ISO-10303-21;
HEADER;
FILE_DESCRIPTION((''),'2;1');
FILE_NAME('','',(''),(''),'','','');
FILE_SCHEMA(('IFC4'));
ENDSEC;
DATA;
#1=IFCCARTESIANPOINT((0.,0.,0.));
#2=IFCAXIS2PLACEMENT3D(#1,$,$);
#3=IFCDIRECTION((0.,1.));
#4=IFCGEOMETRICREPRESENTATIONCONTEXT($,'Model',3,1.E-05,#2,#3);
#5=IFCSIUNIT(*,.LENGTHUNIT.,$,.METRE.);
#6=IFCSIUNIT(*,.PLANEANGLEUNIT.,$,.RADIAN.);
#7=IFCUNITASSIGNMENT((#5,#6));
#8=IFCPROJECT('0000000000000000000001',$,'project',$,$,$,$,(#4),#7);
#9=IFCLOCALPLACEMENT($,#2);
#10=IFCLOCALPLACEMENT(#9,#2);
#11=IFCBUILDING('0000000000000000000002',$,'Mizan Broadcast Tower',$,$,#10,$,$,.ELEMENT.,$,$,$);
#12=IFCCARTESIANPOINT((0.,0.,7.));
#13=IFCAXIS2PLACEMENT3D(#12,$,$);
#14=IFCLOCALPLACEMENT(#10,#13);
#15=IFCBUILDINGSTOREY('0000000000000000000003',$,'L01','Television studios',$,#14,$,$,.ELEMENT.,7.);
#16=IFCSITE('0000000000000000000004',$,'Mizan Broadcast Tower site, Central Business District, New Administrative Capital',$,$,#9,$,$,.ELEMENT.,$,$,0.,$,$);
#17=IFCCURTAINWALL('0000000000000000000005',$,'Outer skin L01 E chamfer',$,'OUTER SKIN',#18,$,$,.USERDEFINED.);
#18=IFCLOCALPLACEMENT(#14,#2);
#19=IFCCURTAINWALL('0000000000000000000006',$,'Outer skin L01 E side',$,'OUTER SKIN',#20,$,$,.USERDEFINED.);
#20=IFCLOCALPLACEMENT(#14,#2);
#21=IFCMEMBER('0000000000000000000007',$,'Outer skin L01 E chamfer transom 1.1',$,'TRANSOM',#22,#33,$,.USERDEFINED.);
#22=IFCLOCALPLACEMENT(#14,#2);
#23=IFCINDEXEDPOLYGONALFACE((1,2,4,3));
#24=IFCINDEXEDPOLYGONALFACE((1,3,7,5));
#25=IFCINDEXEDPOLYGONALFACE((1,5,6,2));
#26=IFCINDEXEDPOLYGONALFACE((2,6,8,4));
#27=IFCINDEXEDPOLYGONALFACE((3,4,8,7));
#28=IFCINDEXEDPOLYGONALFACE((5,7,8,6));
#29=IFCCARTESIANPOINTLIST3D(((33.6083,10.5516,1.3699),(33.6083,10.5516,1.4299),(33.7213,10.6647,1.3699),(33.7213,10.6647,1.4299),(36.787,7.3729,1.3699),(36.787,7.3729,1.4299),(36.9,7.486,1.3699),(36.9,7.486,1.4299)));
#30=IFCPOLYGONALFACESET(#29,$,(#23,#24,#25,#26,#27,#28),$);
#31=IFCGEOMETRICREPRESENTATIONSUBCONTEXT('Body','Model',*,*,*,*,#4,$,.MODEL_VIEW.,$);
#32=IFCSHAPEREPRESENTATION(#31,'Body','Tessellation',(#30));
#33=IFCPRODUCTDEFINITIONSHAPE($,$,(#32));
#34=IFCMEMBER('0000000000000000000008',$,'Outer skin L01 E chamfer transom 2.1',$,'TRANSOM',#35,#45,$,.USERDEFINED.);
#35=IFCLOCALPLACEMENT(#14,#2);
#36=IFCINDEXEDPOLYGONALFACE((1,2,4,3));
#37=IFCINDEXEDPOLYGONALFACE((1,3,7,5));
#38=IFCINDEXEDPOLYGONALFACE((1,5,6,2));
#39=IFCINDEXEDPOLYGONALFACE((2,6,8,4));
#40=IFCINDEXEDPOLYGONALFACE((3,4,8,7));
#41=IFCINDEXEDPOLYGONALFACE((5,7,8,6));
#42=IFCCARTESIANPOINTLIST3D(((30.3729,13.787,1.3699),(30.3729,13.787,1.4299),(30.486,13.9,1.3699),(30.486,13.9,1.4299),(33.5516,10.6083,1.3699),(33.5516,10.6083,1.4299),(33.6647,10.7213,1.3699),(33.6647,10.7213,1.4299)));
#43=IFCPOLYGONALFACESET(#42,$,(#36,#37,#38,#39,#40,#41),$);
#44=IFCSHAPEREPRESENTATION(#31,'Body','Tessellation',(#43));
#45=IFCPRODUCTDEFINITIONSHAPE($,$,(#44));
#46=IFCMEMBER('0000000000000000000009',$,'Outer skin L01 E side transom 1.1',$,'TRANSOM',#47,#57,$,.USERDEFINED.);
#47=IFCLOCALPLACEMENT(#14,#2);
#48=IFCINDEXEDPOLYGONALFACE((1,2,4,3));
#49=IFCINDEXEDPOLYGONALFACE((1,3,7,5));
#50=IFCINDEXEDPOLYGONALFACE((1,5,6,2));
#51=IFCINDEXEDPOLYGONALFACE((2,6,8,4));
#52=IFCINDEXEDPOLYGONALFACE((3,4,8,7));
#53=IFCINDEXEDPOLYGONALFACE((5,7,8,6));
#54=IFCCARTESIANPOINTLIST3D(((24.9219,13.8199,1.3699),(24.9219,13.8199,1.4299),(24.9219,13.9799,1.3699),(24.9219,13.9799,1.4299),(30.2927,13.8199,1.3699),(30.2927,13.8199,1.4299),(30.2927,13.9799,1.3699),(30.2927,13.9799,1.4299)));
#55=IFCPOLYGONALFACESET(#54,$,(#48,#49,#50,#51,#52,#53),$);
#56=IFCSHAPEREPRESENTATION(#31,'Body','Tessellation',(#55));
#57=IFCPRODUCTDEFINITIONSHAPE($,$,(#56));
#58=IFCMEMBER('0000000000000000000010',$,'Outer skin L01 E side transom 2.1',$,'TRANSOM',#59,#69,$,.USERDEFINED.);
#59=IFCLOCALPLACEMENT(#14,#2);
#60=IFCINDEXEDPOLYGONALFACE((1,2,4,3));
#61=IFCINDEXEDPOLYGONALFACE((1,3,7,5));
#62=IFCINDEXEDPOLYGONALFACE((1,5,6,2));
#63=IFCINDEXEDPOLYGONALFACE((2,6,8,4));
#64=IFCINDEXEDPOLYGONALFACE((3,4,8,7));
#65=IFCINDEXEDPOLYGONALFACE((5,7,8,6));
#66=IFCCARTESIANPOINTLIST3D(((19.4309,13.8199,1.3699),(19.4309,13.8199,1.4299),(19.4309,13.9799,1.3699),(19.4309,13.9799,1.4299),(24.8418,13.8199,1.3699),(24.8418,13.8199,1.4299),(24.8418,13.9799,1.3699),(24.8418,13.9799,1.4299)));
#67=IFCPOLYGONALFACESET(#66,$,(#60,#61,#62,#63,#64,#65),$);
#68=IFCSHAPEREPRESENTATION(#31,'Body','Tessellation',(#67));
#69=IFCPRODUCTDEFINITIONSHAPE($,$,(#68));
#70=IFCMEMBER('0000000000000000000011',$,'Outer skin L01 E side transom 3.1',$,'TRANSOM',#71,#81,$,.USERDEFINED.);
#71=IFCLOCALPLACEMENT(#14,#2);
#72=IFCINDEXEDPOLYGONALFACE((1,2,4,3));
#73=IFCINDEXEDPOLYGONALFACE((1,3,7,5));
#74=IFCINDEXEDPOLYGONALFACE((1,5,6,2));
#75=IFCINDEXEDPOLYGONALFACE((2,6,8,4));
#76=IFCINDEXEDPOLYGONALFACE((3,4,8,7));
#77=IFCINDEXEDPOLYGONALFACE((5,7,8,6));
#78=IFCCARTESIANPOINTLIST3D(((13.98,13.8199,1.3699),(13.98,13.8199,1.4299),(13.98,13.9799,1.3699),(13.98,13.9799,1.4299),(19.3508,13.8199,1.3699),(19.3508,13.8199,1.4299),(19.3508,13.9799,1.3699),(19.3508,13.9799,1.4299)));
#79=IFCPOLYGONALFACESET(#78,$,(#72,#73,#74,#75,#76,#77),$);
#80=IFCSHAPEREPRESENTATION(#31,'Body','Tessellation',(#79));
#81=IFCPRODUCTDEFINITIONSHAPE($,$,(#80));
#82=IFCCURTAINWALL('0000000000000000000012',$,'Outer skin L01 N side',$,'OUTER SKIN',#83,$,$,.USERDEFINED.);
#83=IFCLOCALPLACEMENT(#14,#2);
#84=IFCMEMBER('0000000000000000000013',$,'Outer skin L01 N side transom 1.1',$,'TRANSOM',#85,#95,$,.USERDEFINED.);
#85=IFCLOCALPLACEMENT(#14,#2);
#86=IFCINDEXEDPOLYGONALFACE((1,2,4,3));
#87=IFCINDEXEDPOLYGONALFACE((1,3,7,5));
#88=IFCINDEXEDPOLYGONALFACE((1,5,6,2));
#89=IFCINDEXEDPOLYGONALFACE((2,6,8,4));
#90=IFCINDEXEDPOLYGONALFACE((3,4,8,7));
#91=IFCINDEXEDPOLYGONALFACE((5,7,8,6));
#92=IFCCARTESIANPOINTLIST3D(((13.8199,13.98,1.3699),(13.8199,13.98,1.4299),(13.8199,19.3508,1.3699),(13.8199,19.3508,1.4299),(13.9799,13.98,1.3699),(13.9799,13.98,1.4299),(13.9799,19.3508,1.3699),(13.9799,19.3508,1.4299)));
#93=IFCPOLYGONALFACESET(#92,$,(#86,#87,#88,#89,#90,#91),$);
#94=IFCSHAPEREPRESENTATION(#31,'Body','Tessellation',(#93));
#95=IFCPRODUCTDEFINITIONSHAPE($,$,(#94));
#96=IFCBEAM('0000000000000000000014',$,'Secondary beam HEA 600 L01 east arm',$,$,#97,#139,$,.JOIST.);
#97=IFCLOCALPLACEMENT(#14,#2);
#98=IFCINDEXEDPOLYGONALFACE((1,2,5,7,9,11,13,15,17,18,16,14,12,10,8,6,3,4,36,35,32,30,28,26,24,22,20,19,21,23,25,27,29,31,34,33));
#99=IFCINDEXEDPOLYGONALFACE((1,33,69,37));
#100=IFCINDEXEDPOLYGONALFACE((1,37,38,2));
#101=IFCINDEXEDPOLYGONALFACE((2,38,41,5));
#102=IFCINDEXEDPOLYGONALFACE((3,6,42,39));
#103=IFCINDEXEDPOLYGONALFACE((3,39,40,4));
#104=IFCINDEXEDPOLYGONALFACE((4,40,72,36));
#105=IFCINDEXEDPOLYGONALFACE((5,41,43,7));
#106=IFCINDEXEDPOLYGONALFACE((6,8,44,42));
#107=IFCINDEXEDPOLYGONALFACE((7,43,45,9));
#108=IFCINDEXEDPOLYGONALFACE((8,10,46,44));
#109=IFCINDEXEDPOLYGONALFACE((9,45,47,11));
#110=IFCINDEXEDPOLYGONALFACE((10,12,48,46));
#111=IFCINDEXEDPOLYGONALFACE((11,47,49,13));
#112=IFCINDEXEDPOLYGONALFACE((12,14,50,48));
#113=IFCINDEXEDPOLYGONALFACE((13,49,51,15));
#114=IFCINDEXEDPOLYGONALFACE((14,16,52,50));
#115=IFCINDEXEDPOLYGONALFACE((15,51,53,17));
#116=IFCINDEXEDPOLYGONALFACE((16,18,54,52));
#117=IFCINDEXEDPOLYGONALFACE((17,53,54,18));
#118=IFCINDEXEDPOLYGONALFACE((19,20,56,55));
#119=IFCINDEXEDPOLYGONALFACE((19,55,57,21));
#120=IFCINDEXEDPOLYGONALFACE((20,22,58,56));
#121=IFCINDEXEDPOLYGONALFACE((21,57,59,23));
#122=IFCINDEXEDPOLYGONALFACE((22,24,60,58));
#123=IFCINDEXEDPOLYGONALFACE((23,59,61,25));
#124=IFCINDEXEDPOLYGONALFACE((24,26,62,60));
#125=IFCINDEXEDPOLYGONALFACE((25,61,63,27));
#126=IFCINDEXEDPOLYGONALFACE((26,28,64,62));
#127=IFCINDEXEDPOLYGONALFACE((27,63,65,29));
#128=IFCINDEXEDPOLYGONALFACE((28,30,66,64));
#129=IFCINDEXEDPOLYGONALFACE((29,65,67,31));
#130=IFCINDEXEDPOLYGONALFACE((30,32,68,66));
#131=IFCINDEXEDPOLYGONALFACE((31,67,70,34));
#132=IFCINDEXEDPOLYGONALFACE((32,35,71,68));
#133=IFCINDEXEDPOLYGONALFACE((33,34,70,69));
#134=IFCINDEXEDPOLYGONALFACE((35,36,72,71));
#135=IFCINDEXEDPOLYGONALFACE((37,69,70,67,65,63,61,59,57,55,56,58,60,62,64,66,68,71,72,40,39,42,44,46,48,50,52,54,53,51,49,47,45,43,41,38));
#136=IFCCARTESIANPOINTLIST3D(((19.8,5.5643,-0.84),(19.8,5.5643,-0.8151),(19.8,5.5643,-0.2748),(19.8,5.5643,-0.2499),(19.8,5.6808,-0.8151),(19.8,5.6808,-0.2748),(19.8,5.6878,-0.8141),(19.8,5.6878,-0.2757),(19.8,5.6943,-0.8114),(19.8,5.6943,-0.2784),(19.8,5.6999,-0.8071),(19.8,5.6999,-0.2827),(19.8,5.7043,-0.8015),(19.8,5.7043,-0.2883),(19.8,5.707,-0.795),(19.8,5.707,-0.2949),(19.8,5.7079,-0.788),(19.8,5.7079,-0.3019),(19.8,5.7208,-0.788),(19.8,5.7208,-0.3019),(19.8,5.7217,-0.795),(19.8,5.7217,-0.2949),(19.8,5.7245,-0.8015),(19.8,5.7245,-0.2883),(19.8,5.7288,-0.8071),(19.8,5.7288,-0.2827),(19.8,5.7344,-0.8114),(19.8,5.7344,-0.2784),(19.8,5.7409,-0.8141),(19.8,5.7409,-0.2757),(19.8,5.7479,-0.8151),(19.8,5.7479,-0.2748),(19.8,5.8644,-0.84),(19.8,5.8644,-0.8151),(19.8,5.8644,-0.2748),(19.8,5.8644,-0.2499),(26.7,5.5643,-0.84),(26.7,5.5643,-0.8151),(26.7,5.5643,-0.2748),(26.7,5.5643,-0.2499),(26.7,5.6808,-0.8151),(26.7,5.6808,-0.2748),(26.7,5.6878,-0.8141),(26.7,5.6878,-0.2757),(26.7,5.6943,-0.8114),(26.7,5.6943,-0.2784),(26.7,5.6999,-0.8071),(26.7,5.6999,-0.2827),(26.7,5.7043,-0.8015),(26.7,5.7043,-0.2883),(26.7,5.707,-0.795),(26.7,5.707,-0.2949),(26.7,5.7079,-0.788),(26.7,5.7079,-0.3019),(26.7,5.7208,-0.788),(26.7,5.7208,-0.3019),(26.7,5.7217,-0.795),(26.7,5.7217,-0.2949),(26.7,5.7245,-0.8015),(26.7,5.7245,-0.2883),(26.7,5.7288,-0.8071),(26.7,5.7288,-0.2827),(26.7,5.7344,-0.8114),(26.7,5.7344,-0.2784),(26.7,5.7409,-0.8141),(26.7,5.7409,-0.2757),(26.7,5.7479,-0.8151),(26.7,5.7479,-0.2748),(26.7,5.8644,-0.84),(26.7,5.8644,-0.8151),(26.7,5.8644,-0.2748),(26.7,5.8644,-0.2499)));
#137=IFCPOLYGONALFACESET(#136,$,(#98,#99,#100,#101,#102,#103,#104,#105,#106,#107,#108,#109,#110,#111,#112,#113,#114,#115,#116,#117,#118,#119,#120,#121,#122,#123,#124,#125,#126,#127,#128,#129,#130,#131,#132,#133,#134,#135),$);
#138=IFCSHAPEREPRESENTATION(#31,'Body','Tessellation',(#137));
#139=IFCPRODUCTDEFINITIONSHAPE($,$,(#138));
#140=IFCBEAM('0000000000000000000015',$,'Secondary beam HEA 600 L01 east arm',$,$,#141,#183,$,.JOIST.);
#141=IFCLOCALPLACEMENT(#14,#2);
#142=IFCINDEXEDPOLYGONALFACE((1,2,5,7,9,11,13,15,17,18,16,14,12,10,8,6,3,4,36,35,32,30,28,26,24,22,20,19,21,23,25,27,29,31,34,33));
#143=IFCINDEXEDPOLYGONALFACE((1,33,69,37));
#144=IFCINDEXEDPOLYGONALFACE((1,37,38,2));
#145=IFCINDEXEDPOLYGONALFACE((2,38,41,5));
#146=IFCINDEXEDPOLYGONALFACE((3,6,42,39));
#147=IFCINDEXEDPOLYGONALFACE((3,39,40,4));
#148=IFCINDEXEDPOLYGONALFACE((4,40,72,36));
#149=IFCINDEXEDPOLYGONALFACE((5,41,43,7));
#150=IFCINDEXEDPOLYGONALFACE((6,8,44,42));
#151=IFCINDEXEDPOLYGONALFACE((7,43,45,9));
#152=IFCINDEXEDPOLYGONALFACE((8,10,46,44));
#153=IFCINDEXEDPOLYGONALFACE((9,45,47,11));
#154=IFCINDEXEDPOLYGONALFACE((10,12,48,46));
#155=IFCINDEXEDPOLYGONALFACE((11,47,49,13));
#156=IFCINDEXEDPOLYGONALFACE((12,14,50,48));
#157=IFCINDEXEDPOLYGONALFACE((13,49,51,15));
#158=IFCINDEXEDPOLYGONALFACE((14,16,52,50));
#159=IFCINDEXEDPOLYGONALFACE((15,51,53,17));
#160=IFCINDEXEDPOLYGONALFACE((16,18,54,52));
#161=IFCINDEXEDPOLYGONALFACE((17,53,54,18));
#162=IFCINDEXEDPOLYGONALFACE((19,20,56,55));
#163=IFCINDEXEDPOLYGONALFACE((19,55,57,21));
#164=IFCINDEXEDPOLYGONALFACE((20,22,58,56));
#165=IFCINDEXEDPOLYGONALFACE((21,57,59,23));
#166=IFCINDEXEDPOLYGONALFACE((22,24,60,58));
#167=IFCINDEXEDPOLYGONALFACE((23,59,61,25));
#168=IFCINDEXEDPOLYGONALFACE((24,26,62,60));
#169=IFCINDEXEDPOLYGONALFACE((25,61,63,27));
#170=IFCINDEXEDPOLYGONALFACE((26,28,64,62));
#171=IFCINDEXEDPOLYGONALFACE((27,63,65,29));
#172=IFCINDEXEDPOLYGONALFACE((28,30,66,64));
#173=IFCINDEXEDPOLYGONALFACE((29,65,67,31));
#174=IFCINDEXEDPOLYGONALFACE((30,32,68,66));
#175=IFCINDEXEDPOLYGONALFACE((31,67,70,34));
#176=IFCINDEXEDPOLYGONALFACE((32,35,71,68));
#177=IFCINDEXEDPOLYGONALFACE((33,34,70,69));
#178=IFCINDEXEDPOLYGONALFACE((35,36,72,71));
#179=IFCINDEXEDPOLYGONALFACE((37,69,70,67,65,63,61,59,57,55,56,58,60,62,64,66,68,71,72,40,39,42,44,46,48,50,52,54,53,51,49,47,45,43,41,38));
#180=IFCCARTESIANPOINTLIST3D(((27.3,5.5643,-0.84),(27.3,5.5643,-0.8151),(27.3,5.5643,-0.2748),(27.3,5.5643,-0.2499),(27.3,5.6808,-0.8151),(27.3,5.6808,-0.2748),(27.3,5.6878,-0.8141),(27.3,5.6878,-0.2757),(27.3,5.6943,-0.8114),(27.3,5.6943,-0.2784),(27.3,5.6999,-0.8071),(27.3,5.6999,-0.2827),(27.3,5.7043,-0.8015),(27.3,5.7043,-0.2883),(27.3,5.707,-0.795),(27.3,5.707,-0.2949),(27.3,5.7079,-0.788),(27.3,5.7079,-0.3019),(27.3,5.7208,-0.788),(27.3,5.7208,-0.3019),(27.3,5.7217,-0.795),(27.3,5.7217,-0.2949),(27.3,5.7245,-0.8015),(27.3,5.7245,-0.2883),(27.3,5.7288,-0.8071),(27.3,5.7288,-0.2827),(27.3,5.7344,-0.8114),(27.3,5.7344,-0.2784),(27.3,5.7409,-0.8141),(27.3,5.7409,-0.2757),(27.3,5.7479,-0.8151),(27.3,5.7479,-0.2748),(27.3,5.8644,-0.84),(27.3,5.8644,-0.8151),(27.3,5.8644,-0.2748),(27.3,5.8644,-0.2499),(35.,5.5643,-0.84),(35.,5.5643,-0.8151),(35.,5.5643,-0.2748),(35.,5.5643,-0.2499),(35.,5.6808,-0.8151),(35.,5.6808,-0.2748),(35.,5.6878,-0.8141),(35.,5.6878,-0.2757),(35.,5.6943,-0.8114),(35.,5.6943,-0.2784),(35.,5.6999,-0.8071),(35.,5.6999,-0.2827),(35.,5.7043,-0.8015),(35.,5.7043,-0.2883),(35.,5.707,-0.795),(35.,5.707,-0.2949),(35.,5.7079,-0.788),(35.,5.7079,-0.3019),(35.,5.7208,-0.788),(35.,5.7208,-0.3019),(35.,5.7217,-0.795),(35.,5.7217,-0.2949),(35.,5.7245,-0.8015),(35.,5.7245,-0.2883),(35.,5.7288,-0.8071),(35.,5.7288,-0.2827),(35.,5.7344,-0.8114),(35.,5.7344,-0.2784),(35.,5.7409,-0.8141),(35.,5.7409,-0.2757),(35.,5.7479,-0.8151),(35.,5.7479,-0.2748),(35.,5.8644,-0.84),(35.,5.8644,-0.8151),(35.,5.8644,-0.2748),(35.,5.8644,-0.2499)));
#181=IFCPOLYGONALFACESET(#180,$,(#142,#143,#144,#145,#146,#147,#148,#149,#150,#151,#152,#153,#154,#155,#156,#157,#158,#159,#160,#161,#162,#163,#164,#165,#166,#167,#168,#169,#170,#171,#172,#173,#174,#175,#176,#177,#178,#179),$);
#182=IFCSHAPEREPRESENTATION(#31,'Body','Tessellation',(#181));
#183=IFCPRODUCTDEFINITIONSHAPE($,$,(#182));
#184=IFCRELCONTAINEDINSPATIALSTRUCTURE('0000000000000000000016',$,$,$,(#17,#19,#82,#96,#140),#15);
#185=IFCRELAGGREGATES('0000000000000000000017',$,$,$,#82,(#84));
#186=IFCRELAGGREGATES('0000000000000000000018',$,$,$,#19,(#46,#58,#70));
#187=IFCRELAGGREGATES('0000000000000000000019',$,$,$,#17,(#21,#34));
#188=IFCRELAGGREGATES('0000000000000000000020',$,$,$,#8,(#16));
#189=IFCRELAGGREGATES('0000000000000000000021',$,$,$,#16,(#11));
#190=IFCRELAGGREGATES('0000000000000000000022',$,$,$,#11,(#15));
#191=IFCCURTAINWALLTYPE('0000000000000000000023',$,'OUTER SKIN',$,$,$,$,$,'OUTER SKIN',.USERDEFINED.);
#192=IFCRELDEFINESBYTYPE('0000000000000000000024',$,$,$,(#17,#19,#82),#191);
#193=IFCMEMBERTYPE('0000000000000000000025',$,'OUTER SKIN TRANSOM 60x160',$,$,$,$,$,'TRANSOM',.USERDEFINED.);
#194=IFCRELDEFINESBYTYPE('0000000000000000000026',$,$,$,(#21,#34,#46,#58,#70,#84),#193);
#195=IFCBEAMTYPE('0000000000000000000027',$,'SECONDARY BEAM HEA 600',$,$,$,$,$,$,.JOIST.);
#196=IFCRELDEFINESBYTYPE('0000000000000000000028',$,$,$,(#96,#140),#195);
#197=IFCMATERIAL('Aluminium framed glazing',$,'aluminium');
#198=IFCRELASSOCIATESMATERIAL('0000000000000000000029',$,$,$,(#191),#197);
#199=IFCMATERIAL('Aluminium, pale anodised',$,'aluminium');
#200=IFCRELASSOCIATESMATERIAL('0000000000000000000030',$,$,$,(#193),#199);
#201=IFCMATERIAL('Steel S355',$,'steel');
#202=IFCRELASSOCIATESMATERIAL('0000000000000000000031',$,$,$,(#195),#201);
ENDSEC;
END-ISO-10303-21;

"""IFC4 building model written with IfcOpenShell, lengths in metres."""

from ifc_helpers import new_model, si_unit, direction, frame, origin, origin_2d, place, context, subcontext, project, spatial, rectangle, i_section, extrude, material, material_profile, profile_set, type_object, element, aggregate, save


model = new_model("IFC4")

# Units and contexts
model_context = context("Model", 3, precision=1e-05, world=origin(), true_north=direction((0.0, 1.0)))
body_context = subcontext(model_context, "Body", "Model", "MODEL_VIEW")
ifc_project = project(units=[si_unit("LENGTHUNIT", "METRE"), si_unit("PLANEANGLEUNIT", "RADIAN")], contexts=[model_context])

# Site, building, storey
site_placement = place(None, origin())
site = spatial("IfcSite", under=ifc_project, at=site_placement, Name="Mizan Broadcast Tower site, Central Business District, New Administrative Capital", CompositionType="ELEMENT", RefElevation=0.0)
building_placement = place(site_placement, origin())
building = spatial("IfcBuilding", under=site, at=building_placement, Name="Mizan Broadcast Tower", CompositionType="ELEMENT")
storey_placement = place(building_placement, frame((0.0, 0.0, 7.0)))
storey = spatial("IfcBuildingStorey", under=building, at=storey_placement, Name="L01", Description="Television studios", CompositionType="ELEMENT", Elevation=7.0)

# Shared definitions
ifc_material_1 = material(Name="Aluminium framed glazing", Category="aluminium")
curtain_wall_type_1 = type_object("IfcCurtainWallType", Name="OUTER SKIN", ElementType="OUTER SKIN", PredefinedType="USERDEFINED", material=ifc_material_1)

# Curtain walls
curtain_wall_1_placement = place(storey_placement, origin())
curtain_wall_1 = element("IfcCurtainWall", 1, at=curtain_wall_1_placement, inside=storey, type_object=curtain_wall_type_1, Name="Outer skin L01 E chamfer", ObjectType="OUTER SKIN", PredefinedType="USERDEFINED")
curtain_wall_2_placement = place(storey_placement, origin())
curtain_wall_2 = element("IfcCurtainWall", 2, at=curtain_wall_2_placement, inside=storey, type_object=curtain_wall_type_1, Name="Outer skin L01 E side", ObjectType="OUTER SKIN", PredefinedType="USERDEFINED")

# Members
ifc_material_2 = material(Name="Aluminium, pale anodised", Category="aluminium")
ifc_material_profile_1 = material_profile(ifc_material_2, rectangle(XDim=0.1599, YDim=0.0601, at=origin_2d()), Name="TRANSOM 160x60")
ifc_profile_set_1 = profile_set([ifc_material_profile_1], Name="Aluminium, pale anodised")
member_type_1 = type_object("IfcMemberType", Name="OUTER SKIN TRANSOM 60x160", ElementType="TRANSOM", PredefinedType="USERDEFINED", material=ifc_profile_set_1)
member_1_placement = place(storey_placement, frame((36.8435, 7.4294, 1.3999), z_axis=(-0.707107, 0.707107, 0.0), x_axis=(-0.707107, -0.707107, 0.0)))
member_1 = element("IfcMember", 3, at=member_1_placement, type_object=member_type_1, Name="Outer skin L01 E chamfer transom 1.1", ObjectType="TRANSOM", PredefinedType="USERDEFINED", context=body_context, shape_type="SweptSolid", body=[
    extrude(rectangle(XDim=0.1599, YDim=0.0601, at=origin_2d()), origin(), (0.0, 0.0, 1.0), 4.4954),
])
member_2_placement = place(storey_placement, frame((33.6082, 10.6648, 1.3999), z_axis=(-0.707107, 0.707107, 0.0), x_axis=(-0.707107, -0.707107, 0.0)))
member_2 = element("IfcMember", 4, at=member_2_placement, type_object=member_type_1, Name="Outer skin L01 E chamfer transom 2.1", ObjectType="TRANSOM", PredefinedType="USERDEFINED", context=body_context, shape_type="SweptSolid", body=[
    extrude(rectangle(XDim=0.1599, YDim=0.0601, at=origin_2d()), origin(), (0.0, 0.0, 1.0), 4.4954),
])
member_3_placement = place(storey_placement, frame((30.2927, 13.8999, 1.3999), z_axis=(-1.0, 0.0, 0.0), x_axis=(0.0, -1.0, 0.0)))
member_3 = element("IfcMember", 5, at=member_3_placement, type_object=member_type_1, Name="Outer skin L01 E side transom 1.1", ObjectType="TRANSOM", PredefinedType="USERDEFINED", context=body_context, shape_type="SweptSolid", body=[
    extrude(rectangle(XDim=0.1599, YDim=0.0601, at=origin_2d()), origin(), (0.0, 0.0, 1.0), 5.3708),
])
member_4_placement = place(storey_placement, frame((24.8418, 13.8999, 1.3999), z_axis=(-1.0, 0.0, 0.0), x_axis=(0.0, -1.0, 0.0)))
member_4 = element("IfcMember", 6, at=member_4_placement, type_object=member_type_1, Name="Outer skin L01 E side transom 2.1", ObjectType="TRANSOM", PredefinedType="USERDEFINED", context=body_context, shape_type="SweptSolid", body=[
    extrude(rectangle(XDim=0.1599, YDim=0.0601, at=origin_2d()), origin(), (0.0, 0.0, 1.0), 5.4109),
])
member_5_placement = place(storey_placement, frame((19.3508, 13.8999, 1.3999), z_axis=(-1.0, 0.0, 0.0), x_axis=(0.0, -1.0, 0.0)))
member_5 = element("IfcMember", 7, at=member_5_placement, type_object=member_type_1, Name="Outer skin L01 E side transom 3.1", ObjectType="TRANSOM", PredefinedType="USERDEFINED", context=body_context, shape_type="SweptSolid", body=[
    extrude(rectangle(XDim=0.1599, YDim=0.0601, at=origin_2d()), origin(), (0.0, 0.0, 1.0), 5.3708),
])

# Curtain wall, member
curtain_wall_3_placement = place(storey_placement, origin())
curtain_wall_3 = element("IfcCurtainWall", 8, at=curtain_wall_3_placement, inside=storey, type_object=curtain_wall_type_1, Name="Outer skin L01 N side", ObjectType="OUTER SKIN", PredefinedType="USERDEFINED")
member_6_placement = place(storey_placement, frame((13.8999, 13.98, 1.3999), z_axis=(0.0, 1.0, 0.0), x_axis=(-1.0, 0.0, 0.0)))
member_6 = element("IfcMember", 9, at=member_6_placement, type_object=member_type_1, Name="Outer skin L01 N side transom 1.1", ObjectType="TRANSOM", PredefinedType="USERDEFINED", context=body_context, shape_type="SweptSolid", body=[
    extrude(rectangle(XDim=0.1599, YDim=0.0601, at=origin_2d()), origin(), (0.0, 0.0, 1.0), 5.3708),
])
aggregate(curtain_wall_3, [member_6])

# Beams
ifc_material_3 = material(Name="Steel S355", Category="steel")
ifc_material_profile_2 = material_profile(ifc_material_3, i_section(OverallWidth=0.3, OverallDepth=0.5901, WebThickness=0.0129, FlangeThickness=0.0249, FilletRadius=0.0271, at=origin_2d()), Name="HEA 600")
ifc_profile_set_2 = profile_set([ifc_material_profile_2], Name="Steel S355")
beam_type_1 = type_object("IfcBeamType", Name="SECONDARY BEAM HEA 600", PredefinedType="JOIST", material=ifc_profile_set_2)
beam_1_placement = place(storey_placement, frame((19.8, 5.7144, -0.5449), z_axis=(1.0, 0.0, 0.0), x_axis=(0.0, 1.0, 0.0)))
element("IfcBeam", 10, at=beam_1_placement, inside=storey, type_object=beam_type_1, Name="Secondary beam HEA 600 L01 east arm", PredefinedType="JOIST", context=body_context, shape_type="SweptSolid", body=[
    extrude(i_section(OverallWidth=0.3, OverallDepth=0.5901, WebThickness=0.0129, FlangeThickness=0.0249, FilletRadius=0.0271, at=origin_2d()), origin(), (0.0, 0.0, 1.0), 6.8999),
])
beam_2_placement = place(storey_placement, frame((27.3, 5.7144, -0.5449), z_axis=(1.0, 0.0, 0.0), x_axis=(0.0, 1.0, 0.0)))
element("IfcBeam", 11, at=beam_2_placement, inside=storey, type_object=beam_type_1, Name="Secondary beam HEA 600 L01 east arm", PredefinedType="JOIST", context=body_context, shape_type="SweptSolid", body=[
    extrude(i_section(OverallWidth=0.3, OverallDepth=0.5901, WebThickness=0.0129, FlangeThickness=0.0249, FilletRadius=0.0271, at=origin_2d()), origin(), (0.0, 0.0, 1.0), 7.7),
])

aggregate(curtain_wall_2, [member_3, member_4, member_5])
aggregate(curtain_wall_1, [member_1, member_2])

save(model, "model.ifc")
